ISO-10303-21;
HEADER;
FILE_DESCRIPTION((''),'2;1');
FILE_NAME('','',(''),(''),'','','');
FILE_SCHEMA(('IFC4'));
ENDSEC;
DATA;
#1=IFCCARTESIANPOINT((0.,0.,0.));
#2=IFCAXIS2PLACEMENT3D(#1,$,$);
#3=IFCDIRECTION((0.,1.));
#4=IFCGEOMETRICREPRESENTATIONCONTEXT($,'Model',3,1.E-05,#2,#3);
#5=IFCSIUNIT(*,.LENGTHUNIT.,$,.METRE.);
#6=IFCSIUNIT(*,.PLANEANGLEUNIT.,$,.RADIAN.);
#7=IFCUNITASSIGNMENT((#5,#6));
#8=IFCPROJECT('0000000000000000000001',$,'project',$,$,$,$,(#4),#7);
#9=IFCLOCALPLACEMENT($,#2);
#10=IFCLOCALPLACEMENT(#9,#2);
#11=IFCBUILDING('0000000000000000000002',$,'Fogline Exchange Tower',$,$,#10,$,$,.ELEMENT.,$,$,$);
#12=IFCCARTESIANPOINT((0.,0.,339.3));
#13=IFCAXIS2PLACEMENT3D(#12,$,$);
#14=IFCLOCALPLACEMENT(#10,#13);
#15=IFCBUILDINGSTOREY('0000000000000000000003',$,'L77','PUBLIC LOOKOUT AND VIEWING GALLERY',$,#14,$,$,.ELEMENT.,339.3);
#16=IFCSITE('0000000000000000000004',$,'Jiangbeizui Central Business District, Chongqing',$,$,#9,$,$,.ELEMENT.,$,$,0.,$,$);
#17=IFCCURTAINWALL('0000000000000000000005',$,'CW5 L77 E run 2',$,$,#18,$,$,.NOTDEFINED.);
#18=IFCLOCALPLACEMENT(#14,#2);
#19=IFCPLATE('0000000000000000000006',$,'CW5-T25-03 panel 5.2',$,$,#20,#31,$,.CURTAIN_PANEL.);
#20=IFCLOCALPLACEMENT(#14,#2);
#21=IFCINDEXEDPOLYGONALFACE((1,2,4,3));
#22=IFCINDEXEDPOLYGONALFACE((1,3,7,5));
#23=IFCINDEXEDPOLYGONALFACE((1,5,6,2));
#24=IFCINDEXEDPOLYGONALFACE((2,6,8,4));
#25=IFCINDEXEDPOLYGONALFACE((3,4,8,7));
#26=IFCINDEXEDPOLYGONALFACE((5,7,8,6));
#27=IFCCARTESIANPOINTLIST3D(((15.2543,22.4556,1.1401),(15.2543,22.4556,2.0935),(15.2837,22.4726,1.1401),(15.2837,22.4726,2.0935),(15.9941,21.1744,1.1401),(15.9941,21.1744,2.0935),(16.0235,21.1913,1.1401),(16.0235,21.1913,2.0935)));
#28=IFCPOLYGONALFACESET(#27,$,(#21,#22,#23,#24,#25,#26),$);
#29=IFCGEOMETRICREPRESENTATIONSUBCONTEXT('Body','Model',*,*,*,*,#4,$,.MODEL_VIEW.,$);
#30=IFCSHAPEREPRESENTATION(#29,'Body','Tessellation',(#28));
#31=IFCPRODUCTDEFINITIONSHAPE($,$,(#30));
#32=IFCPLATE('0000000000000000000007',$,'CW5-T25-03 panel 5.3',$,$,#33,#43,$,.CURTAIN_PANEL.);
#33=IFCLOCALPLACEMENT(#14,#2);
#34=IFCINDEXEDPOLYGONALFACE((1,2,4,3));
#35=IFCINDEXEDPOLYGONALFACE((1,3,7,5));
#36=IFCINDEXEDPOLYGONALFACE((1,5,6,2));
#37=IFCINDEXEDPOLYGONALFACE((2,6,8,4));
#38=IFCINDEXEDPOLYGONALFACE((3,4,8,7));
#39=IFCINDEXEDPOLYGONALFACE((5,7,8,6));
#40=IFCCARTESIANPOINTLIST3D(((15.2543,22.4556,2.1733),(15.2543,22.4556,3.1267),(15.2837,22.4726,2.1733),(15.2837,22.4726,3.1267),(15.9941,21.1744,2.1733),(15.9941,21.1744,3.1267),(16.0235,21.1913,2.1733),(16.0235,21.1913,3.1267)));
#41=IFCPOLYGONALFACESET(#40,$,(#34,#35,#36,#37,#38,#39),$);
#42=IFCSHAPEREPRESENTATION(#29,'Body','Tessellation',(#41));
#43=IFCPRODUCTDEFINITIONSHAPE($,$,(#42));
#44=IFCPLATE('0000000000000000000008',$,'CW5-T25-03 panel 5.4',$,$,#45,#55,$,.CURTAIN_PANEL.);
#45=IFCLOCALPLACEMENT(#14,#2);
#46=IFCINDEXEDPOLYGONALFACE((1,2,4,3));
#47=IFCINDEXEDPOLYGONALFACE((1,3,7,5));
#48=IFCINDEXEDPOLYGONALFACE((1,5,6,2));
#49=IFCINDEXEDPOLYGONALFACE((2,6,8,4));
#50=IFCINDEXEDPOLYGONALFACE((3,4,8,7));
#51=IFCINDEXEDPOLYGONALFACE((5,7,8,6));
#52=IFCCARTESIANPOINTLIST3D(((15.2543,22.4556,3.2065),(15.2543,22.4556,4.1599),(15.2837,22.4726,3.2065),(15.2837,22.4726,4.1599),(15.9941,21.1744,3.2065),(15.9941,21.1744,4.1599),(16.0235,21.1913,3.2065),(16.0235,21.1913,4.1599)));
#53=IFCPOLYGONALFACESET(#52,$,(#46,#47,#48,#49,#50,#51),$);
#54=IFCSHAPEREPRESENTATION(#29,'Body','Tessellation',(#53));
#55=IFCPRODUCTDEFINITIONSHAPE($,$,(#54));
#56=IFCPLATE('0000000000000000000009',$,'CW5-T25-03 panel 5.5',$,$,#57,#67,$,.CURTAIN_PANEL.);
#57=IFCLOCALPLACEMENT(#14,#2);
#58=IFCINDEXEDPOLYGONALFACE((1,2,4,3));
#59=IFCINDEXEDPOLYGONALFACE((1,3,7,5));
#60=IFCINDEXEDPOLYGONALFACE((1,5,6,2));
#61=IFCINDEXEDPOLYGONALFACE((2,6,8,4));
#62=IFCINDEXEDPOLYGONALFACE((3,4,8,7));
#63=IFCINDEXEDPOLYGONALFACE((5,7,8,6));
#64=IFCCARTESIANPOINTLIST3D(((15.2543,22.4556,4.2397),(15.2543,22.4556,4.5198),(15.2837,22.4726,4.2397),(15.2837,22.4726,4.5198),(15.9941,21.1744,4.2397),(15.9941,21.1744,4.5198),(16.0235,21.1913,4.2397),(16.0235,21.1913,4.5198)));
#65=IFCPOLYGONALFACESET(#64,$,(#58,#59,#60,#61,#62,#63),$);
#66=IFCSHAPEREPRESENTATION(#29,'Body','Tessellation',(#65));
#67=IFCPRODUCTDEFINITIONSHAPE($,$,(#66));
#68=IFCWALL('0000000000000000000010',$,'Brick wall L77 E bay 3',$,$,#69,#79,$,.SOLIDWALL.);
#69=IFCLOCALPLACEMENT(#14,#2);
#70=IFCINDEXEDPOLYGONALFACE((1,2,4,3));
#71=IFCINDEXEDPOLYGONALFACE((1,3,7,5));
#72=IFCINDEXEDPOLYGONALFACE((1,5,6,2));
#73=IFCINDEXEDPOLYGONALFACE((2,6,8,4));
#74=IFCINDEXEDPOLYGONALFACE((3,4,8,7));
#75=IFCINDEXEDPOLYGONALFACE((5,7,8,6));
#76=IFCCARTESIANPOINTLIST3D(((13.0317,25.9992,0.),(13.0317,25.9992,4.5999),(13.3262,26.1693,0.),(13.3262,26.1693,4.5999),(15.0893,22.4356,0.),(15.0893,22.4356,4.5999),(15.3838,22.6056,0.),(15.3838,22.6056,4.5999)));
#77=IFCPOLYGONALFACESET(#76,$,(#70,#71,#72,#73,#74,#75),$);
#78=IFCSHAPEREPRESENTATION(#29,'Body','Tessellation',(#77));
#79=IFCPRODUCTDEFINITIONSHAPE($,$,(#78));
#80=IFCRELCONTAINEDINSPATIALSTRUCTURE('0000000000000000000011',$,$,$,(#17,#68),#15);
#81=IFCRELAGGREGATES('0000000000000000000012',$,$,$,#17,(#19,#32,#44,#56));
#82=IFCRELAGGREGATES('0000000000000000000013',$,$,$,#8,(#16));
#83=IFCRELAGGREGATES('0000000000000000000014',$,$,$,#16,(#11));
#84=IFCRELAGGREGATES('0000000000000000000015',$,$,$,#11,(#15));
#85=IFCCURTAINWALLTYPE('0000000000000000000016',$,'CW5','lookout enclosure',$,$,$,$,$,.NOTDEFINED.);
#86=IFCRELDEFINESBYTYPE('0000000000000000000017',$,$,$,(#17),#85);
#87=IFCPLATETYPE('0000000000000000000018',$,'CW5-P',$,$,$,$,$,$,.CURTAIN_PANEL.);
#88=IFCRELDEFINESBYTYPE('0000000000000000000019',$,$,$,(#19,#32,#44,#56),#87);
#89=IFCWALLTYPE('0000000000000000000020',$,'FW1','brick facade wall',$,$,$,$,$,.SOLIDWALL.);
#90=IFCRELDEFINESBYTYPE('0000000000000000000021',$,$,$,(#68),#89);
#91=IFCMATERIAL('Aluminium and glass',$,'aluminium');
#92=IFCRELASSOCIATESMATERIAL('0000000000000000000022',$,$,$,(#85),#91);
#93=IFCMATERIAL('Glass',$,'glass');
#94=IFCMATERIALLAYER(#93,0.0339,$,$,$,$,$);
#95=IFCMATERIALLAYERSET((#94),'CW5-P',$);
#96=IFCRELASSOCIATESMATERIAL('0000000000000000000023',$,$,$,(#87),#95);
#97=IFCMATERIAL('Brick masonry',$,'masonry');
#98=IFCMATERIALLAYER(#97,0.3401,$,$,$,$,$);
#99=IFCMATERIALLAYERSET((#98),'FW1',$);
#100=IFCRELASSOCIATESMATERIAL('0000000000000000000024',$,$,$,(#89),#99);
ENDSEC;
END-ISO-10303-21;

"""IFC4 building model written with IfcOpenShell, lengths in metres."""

from ifc_helpers import new_model, si_unit, direction, frame, frame_2d, origin, origin_2d, place, context, subcontext, project, spatial, rectangle, extrude, material, layer, layer_set, type_object, element, aggregate, save


model = new_model("IFC4")

# Units and contexts
model_context = context("Model", 3, precision=1e-05, world=origin(), true_north=direction((0.0, 1.0)))
body_context = subcontext(model_context, "Body", "Model", "MODEL_VIEW")
ifc_project = project(units=[si_unit("LENGTHUNIT", "METRE"), si_unit("PLANEANGLEUNIT", "RADIAN")], contexts=[model_context])

# Site, building, storey
site_placement = place(None, origin())
site = spatial("IfcSite", under=ifc_project, at=site_placement, Name="Jiangbeizui Central Business District, Chongqing", CompositionType="ELEMENT", RefElevation=0.0)
building_placement = place(site_placement, origin())
building = spatial("IfcBuilding", under=site, at=building_placement, Name="Fogline Exchange Tower", CompositionType="ELEMENT")
storey_placement = place(building_placement, frame((0.0, 0.0, 339.3)))
storey = spatial("IfcBuildingStorey", under=building, at=storey_placement, Name="L77", Description="PUBLIC LOOKOUT AND VIEWING GALLERY", CompositionType="ELEMENT", Elevation=339.3)

# Curtain wall
ifc_material_1 = material(Name="Aluminium and glass", Category="aluminium")
curtain_wall_type = type_object("IfcCurtainWallType", Name="CW5", Description="lookout enclosure", PredefinedType="NOTDEFINED", material=ifc_material_1)
curtain_wall_1_placement = place(storey_placement, origin())
curtain_wall_1 = element("IfcCurtainWall", 1, at=curtain_wall_1_placement, inside=storey, type_object=curtain_wall_type, Name="CW5 L77 E run 2", PredefinedType="NOTDEFINED")

# Plates
ifc_material_2 = material(Name="Glass", Category="glass")
ifc_layer_1 = layer(ifc_material_2, 0.0339)
ifc_layer_set_1 = layer_set([ifc_layer_1], Name="CW5-P")
plate_type = type_object("IfcPlateType", Name="CW5-P", PredefinedType="CURTAIN_PANEL", material=ifc_layer_set_1)
plate_1_placement = place(storey_placement, frame((15.6389, 21.8235, 1.1401), z_axis=(0.0, 0.0, 1.0), x_axis=(-0.5, 0.866025, 0.0)))
plate_1 = element("IfcPlate", 2, at=plate_1_placement, type_object=plate_type, Name="CW5-T25-03 panel 5.2", PredefinedType="CURTAIN_PANEL", context=body_context, shape_type="SweptSolid", body=[
    extrude(rectangle(XDim=1.4795, YDim=0.0339, at=origin_2d()), origin(), (0.0, 0.0, 1.0), 0.9534),
])
plate_2_placement = place(storey_placement, frame((15.6389, 21.8235, 2.1733), z_axis=(0.0, 0.0, 1.0), x_axis=(-0.5, 0.866025, 0.0)))
plate_2 = element("IfcPlate", 3, at=plate_2_placement, type_object=plate_type, Name="CW5-T25-03 panel 5.3", PredefinedType="CURTAIN_PANEL", context=body_context, shape_type="SweptSolid", body=[
    extrude(rectangle(XDim=1.4795, YDim=0.0339, at=origin_2d()), origin(), (0.0, 0.0, 1.0), 0.9534),
])
plate_3_placement = place(storey_placement, frame((15.6389, 21.8235, 3.2065), z_axis=(0.0, 0.0, 1.0), x_axis=(-0.5, 0.866025, 0.0)))
plate_3 = element("IfcPlate", 4, at=plate_3_placement, type_object=plate_type, Name="CW5-T25-03 panel 5.4", PredefinedType="CURTAIN_PANEL", context=body_context, shape_type="SweptSolid", body=[
    extrude(rectangle(XDim=1.4795, YDim=0.0339, at=origin_2d()), origin(), (0.0, 0.0, 1.0), 0.9534),
])
plate_4_placement = place(storey_placement, frame((15.6389, 21.8235, 4.2397), z_axis=(0.0, 0.0, 1.0), x_axis=(-0.5, 0.866025, 0.0)))
plate_4 = element("IfcPlate", 5, at=plate_4_placement, type_object=plate_type, Name="CW5-T25-03 panel 5.5", PredefinedType="CURTAIN_PANEL", context=body_context, shape_type="SweptSolid", body=[
    extrude(rectangle(XDim=1.4795, YDim=0.0339, at=origin_2d()), origin(), (0.0, 0.0, 1.0), 0.28),
])
aggregate(curtain_wall_1, [plate_1, plate_2, plate_3, plate_4])

# Wall
ifc_material_3 = material(Name="Brick masonry", Category="masonry")
ifc_layer_2 = layer(ifc_material_3, 0.3401)
ifc_layer_set_2 = layer_set([ifc_layer_2], Name="FW1")
wall_type = type_object("IfcWallType", Name="FW1", Description="brick facade wall", PredefinedType="SOLIDWALL", material=ifc_layer_set_2)
wall_placement = place(storey_placement, frame((15.2366, 22.5205, 0.0), z_axis=(0.0, 0.0, 1.0), x_axis=(-0.500019, 0.866015, 0.0)))
element("IfcWall", 6, at=wall_placement, inside=storey, type_object=wall_type, Name="Brick wall L77 E bay 3", PredefinedType="SOLIDWALL", context=body_context, shape_type="SweptSolid", body=[
    extrude(rectangle(XDim=4.115, YDim=0.3401, at=frame_2d((2.0576, 0.0))), origin(), (0.0, 0.0, 1.0), 4.5999),
])

save(model, "model.ifc")
